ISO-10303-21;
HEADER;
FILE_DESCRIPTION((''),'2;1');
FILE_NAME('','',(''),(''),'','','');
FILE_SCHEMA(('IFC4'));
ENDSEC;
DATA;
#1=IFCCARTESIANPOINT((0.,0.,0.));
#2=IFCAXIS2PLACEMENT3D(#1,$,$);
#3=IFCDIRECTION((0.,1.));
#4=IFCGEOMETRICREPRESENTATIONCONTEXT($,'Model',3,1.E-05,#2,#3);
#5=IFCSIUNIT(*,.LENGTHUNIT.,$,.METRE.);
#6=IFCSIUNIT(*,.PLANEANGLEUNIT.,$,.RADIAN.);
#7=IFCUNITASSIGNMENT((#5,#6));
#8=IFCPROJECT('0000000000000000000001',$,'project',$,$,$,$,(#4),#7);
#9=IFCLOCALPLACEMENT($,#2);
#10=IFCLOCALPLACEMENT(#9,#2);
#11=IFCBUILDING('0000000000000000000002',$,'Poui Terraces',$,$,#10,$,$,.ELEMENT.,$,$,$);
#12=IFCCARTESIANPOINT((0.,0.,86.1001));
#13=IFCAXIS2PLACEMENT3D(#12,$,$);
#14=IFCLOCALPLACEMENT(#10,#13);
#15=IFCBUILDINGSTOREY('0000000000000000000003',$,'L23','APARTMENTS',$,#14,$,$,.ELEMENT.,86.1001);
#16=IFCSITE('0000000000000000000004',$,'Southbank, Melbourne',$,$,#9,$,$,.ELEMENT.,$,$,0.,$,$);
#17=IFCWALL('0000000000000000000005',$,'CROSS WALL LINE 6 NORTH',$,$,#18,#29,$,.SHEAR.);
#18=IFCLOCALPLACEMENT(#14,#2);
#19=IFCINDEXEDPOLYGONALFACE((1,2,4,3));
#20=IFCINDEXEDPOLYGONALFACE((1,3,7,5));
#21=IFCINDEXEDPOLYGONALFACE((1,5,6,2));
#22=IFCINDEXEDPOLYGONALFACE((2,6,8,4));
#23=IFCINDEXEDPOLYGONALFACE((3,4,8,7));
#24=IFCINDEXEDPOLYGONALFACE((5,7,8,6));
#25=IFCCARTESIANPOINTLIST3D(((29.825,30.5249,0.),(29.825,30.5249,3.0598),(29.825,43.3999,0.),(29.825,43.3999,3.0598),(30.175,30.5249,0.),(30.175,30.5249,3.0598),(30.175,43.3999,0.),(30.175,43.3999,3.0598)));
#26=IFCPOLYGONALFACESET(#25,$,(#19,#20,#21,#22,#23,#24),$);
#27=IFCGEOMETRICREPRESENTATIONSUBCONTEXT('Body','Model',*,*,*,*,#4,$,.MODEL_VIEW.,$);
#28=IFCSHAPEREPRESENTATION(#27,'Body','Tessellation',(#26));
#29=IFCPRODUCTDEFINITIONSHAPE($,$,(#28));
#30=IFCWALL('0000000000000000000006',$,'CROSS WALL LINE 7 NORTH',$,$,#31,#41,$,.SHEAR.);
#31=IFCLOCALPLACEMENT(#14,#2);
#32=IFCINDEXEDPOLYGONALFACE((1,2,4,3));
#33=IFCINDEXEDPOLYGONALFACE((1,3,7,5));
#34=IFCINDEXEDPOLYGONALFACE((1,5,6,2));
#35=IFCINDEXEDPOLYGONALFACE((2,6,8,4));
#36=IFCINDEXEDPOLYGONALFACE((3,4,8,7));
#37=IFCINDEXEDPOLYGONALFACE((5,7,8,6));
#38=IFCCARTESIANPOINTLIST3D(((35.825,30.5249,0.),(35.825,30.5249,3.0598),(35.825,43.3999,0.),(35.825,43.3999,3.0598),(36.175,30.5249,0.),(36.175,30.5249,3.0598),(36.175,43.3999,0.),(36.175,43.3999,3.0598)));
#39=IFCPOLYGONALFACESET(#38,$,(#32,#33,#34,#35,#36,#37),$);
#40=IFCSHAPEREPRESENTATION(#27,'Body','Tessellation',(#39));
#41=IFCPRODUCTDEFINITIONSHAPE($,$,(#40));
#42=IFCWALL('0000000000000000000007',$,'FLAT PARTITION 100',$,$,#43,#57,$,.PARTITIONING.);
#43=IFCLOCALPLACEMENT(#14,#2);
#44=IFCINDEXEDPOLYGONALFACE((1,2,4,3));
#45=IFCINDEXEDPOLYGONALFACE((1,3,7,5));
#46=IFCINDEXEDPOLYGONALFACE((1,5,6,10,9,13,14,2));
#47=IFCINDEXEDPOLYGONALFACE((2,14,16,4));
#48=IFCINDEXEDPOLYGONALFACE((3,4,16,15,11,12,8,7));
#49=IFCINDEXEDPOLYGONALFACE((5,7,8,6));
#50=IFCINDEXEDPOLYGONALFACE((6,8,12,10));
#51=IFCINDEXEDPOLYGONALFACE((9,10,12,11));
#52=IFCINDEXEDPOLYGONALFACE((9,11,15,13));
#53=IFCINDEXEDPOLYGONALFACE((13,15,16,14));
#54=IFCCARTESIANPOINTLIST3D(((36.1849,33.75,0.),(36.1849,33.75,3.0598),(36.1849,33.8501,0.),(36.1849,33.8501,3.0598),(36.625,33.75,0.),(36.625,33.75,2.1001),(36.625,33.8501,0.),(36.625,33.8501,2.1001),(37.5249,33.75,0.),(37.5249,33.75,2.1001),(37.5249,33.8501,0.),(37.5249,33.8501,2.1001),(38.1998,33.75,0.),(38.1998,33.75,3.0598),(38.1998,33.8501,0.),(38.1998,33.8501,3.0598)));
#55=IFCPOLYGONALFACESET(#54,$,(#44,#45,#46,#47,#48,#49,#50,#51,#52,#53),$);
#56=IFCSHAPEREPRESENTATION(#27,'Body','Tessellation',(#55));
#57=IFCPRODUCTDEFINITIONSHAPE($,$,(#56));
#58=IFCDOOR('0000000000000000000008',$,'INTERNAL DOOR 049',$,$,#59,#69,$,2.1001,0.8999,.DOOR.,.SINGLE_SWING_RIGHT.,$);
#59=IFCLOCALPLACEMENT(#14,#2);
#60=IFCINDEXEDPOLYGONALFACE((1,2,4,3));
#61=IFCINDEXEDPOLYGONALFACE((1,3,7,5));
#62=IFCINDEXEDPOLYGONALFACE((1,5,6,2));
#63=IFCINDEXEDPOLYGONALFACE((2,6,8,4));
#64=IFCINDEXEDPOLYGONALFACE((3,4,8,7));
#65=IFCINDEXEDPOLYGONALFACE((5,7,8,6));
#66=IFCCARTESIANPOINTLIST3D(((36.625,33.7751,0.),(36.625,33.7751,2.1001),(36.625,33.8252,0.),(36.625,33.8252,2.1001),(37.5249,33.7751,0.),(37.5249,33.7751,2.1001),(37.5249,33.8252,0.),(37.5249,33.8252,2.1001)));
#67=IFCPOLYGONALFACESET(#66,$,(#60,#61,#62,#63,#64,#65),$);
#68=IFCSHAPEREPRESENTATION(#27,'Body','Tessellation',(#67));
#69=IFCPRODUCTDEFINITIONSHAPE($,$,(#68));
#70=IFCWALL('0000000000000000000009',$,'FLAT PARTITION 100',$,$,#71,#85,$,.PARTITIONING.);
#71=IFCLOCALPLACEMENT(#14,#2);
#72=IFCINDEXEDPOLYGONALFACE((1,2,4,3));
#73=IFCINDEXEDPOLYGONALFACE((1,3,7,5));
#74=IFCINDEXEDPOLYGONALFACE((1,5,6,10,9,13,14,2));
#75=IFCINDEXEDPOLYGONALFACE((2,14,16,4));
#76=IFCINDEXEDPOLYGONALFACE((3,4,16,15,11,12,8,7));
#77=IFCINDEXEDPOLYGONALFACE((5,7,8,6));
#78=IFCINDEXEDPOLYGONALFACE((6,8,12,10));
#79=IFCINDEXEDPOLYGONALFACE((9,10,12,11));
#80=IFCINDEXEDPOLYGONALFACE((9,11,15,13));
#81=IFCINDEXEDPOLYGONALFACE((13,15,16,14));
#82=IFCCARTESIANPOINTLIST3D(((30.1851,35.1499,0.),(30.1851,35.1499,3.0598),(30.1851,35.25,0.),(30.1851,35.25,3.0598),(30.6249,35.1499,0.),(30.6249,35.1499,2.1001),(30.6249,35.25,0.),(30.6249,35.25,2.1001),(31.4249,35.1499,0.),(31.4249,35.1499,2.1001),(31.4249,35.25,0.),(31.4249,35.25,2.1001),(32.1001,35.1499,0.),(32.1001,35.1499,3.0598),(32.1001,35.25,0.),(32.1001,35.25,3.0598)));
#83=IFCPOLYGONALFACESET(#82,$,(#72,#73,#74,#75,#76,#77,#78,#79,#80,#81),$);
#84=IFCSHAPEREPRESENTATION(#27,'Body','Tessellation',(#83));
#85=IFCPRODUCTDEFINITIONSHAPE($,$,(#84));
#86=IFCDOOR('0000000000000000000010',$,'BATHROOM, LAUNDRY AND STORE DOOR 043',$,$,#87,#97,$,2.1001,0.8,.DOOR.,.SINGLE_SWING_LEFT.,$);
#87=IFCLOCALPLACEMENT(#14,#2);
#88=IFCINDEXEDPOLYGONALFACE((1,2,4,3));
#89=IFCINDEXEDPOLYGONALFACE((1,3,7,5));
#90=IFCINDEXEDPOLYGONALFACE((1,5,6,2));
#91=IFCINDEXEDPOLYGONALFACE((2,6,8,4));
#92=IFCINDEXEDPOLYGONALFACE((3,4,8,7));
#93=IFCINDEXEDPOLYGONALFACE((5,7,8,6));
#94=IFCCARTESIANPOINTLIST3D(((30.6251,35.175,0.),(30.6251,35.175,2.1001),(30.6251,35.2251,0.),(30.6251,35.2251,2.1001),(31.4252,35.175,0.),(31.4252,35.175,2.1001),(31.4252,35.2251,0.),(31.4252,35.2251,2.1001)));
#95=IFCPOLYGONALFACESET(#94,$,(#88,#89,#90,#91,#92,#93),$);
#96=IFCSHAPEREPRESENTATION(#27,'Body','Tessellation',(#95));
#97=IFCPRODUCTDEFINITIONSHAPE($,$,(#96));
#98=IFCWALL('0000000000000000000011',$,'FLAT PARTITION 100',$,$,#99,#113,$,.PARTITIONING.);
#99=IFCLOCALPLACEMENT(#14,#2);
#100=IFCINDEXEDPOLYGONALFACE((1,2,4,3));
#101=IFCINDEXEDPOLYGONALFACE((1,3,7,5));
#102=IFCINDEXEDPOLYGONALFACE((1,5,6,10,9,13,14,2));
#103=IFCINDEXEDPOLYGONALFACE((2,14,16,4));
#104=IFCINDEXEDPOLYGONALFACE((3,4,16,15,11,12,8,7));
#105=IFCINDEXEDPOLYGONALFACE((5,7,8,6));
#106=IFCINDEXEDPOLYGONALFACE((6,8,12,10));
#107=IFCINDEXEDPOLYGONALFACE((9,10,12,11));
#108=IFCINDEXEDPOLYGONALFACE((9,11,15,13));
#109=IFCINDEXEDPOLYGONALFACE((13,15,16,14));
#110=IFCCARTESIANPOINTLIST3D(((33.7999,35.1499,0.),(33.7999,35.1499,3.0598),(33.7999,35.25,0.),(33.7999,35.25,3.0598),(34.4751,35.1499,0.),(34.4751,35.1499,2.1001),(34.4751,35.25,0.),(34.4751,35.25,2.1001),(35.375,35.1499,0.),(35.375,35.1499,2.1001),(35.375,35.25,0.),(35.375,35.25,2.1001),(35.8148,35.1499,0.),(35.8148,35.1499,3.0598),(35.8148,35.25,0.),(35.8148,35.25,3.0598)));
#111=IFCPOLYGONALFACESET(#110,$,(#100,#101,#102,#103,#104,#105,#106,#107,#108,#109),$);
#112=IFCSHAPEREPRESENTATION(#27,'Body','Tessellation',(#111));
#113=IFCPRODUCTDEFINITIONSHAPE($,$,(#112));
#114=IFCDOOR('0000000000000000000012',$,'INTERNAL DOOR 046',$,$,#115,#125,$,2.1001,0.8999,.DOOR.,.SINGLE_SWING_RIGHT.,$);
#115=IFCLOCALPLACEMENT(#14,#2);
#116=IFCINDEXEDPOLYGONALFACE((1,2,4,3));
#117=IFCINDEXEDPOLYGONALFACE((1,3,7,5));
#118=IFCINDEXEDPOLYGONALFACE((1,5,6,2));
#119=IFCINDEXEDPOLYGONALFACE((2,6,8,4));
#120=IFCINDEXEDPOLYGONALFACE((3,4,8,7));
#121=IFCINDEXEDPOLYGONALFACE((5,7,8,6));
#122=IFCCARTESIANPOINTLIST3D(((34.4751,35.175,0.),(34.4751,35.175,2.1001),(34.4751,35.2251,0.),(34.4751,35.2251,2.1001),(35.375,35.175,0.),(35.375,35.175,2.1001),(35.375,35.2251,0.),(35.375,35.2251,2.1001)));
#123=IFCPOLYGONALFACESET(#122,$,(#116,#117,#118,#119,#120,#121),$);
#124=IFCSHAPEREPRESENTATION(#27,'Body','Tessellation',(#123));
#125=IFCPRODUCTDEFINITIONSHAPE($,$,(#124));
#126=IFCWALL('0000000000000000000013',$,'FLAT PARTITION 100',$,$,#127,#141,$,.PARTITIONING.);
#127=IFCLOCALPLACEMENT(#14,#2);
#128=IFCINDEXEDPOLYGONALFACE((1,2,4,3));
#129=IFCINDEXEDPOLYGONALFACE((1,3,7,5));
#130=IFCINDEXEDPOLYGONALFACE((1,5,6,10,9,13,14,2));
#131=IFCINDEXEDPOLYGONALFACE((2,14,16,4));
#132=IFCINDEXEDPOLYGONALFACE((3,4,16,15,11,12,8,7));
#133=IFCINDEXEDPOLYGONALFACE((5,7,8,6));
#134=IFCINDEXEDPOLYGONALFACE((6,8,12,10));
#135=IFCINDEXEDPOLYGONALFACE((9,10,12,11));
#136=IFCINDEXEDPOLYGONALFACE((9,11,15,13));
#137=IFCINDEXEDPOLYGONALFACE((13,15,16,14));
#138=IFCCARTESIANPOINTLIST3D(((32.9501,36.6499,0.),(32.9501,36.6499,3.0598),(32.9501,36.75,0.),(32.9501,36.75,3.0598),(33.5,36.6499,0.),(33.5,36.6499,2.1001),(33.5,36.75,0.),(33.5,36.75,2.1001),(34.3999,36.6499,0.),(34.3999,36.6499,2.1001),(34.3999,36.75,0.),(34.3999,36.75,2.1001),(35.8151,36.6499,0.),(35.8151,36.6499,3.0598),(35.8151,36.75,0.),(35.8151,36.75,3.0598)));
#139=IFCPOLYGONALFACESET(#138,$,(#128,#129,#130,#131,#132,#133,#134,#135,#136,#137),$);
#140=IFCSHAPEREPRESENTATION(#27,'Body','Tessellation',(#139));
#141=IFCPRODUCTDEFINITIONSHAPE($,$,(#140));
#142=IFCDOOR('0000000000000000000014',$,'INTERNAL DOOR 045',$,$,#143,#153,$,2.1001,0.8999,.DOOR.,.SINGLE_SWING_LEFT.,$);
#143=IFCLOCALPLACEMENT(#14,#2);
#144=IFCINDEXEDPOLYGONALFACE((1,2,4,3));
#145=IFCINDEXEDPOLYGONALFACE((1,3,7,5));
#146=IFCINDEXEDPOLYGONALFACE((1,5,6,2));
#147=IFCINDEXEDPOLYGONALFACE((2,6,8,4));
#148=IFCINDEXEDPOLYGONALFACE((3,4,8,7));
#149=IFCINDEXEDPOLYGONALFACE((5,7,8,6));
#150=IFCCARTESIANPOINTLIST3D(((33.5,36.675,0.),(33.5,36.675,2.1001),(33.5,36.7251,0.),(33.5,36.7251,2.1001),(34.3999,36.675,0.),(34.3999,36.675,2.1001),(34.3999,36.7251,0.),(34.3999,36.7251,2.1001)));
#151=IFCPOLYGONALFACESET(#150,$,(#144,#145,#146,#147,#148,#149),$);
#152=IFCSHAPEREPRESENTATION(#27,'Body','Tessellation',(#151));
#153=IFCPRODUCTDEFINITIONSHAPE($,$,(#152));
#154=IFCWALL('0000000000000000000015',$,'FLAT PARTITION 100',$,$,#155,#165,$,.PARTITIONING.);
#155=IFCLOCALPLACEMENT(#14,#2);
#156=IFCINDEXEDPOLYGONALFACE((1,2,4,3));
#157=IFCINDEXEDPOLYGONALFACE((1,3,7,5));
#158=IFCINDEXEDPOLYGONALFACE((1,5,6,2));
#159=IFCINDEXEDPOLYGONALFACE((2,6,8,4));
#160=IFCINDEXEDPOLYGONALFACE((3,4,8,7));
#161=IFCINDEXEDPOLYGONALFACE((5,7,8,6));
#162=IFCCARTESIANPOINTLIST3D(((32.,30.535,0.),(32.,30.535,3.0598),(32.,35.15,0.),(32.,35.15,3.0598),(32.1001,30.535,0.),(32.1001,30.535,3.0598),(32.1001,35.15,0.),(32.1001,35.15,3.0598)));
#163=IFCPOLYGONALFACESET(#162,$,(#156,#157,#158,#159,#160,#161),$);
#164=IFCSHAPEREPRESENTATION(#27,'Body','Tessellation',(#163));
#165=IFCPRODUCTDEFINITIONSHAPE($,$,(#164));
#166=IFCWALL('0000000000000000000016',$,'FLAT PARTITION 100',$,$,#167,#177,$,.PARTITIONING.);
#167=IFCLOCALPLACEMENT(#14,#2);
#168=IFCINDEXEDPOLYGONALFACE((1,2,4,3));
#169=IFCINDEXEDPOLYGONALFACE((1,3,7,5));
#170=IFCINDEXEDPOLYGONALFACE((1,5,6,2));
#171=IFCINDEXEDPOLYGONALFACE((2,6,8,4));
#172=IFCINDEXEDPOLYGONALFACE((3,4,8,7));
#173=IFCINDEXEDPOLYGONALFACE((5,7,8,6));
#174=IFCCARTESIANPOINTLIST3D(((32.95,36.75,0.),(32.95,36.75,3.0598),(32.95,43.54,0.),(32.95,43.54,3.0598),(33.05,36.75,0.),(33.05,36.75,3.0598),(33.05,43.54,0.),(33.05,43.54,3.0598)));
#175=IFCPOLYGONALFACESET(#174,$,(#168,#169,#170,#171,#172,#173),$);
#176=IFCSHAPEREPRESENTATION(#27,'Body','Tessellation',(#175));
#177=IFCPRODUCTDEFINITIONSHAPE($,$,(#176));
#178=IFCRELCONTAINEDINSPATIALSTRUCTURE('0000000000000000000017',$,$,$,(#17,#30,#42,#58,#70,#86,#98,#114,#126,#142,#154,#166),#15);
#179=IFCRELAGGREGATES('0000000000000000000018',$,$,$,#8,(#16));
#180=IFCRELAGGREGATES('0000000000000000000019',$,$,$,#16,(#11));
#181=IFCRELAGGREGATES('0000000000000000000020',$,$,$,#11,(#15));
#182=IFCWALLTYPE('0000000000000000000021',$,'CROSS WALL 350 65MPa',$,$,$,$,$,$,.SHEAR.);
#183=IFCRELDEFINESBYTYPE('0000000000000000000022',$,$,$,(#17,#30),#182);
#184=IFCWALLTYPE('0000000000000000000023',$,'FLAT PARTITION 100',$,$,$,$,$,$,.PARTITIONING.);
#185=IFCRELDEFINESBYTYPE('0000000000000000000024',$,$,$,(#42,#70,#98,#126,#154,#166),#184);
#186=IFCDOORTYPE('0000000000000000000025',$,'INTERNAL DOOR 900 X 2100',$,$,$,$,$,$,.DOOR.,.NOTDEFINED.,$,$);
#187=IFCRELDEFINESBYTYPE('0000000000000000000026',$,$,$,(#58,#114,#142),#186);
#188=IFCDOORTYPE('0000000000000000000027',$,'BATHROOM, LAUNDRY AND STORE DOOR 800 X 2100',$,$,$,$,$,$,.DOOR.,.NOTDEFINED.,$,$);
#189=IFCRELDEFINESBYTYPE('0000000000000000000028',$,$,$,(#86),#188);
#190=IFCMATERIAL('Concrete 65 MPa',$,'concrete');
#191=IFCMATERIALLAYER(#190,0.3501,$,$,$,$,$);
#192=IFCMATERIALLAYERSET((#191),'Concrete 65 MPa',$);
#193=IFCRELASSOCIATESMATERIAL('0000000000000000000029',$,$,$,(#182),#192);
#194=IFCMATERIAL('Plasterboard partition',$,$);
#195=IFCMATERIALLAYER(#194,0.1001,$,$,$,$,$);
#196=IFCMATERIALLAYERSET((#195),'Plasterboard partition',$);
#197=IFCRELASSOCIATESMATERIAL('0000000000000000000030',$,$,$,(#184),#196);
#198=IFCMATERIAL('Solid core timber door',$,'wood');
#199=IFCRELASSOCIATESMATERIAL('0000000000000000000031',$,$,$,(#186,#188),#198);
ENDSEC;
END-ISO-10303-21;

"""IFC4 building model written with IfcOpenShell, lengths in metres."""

from ifc_helpers import new_model, si_unit, direction, frame, frame_2d, origin, place, context, subcontext, project, spatial, rectangle, extrude, material, layer, layer_set, type_object, element, fill, save


model = new_model("IFC4")

# Units and contexts
model_context = context("Model", 3, precision=1e-05, world=origin(), true_north=direction((0.0, 1.0)))
body_context = subcontext(model_context, "Body", "Model", "MODEL_VIEW")
ifc_project = project(units=[si_unit("LENGTHUNIT", "METRE"), si_unit("PLANEANGLEUNIT", "RADIAN")], contexts=[model_context])

# Site, building, storey
site_placement = place(None, origin())
site = spatial("IfcSite", under=ifc_project, at=site_placement, Name="Southbank, Melbourne", CompositionType="ELEMENT", RefElevation=0.0)
building_placement = place(site_placement, origin())
building = spatial("IfcBuilding", under=site, at=building_placement, Name="Poui Terraces", CompositionType="ELEMENT")
storey_placement = place(building_placement, frame((0.0, 0.0, 86.1001)))
storey = spatial("IfcBuildingStorey", under=building, at=storey_placement, Name="L23", Description="APARTMENTS", CompositionType="ELEMENT", Elevation=86.1001)

# Walls
ifc_material_1 = material(Name="Concrete 65 MPa", Category="concrete")
ifc_layer_1 = layer(ifc_material_1, 0.3501)
ifc_layer_set_1 = layer_set([ifc_layer_1], Name="Concrete 65 MPa")
wall_type_1 = type_object("IfcWallType", Name="CROSS WALL 350 65MPa", PredefinedType="SHEAR", material=ifc_layer_set_1)
for number, where, z_axis, x_axis, name in (
    (1, (30.0, 30.5249, 0.0), (0.0, 0.0, 1.0), (0.0, 1.0, 0.0), "CROSS WALL LINE 6 NORTH"),
    (2, (36.0, 30.5249, 0.0), (0.0, 0.0, 1.0), (0.0, 1.0, 0.0), "CROSS WALL LINE 7 NORTH"),
):
    element("IfcWall", number, at=place(storey_placement, frame(where, z_axis=z_axis, x_axis=x_axis)), inside=storey, type_object=wall_type_1, Name=name, PredefinedType="SHEAR", context=body_context, shape_type="SweptSolid", body=[
        extrude(rectangle(XDim=12.875, YDim=0.3501, at=frame_2d((6.4375, 0.0))), origin(), (0.0, 0.0, 1.0), 3.0598),
    ])

# Walls, openings, doors
ifc_material_2 = material(Name="Plasterboard partition")
ifc_layer_2 = layer(ifc_material_2, 0.1001)
ifc_layer_set_2 = layer_set([ifc_layer_2], Name="Plasterboard partition")
wall_type_2 = type_object("IfcWallType", Name="FLAT PARTITION 100", PredefinedType="PARTITIONING", material=ifc_layer_set_2)
wall_1_placement = place(storey_placement, frame((36.1851, 33.8, 0.0), z_axis=(0.0, 0.0, 1.0), x_axis=(1.0, 0.0, 0.0)))
wall_1 = element("IfcWall", 3, at=wall_1_placement, inside=storey, type_object=wall_type_2, Name="FLAT PARTITION 100", PredefinedType="PARTITIONING", context=body_context, shape_type="SweptSolid", body=[
    extrude(rectangle(XDim=2.0149, YDim=0.1001, at=frame_2d((1.0073, 0.0))), origin(), (0.0, 0.0, 1.0), 3.0598),
])
opening_1_placement = place(wall_1_placement, frame((0.4399, 0.0, 0.0)))
opening_1 = element("IfcOpeningElement", 4, at=opening_1_placement, cuts=wall_1, PredefinedType="OPENING", context=body_context, shape_type="SweptSolid", body=[
    extrude(rectangle(XDim=0.8999, YDim=2.1001, at=frame_2d((0.45, 1.05))), frame((0.0, 0.0601, 0.0), z_axis=(0.0, -1.0, 0.0), x_axis=(1.0, 0.0, 0.0)), (0.0, 0.0, 1.0), 0.1201),
])
ifc_material_3 = material(Name="Solid core timber door", Category="wood")
door_type_1 = type_object("IfcDoorType", Name="INTERNAL DOOR 900 X 2100", OperationType="NOTDEFINED", PredefinedType="DOOR", material=ifc_material_3)
door_1_placement = place(opening_1_placement, frame((0.8999, 0.0, 0.0), z_axis=(0.0, 0.0, 1.0), x_axis=(-1.0, 0.0, 0.0)))
door_1 = element("IfcDoor", 5, at=door_1_placement, inside=storey, type_object=door_type_1, Name="INTERNAL DOOR 049", OperationType="SINGLE_SWING_RIGHT", OverallHeight=2.1001, OverallWidth=0.8999, PredefinedType="DOOR", context=body_context, shape_type="SweptSolid", body=[
    extrude(rectangle(XDim=0.8999, YDim=2.1001, at=frame_2d((0.45, 1.05))), frame((0.0, 0.0249, 0.0), z_axis=(0.0, -1.0, 0.0), x_axis=(1.0, 0.0, 0.0)), (0.0, 0.0, 1.0), 0.05),
])
fill(opening_1, door_1)
wall_2_placement = place(storey_placement, frame((30.1851, 35.2, 0.0), z_axis=(0.0, 0.0, 1.0), x_axis=(1.0, 0.0, 0.0)))
wall_2 = element("IfcWall", 6, at=wall_2_placement, inside=storey, type_object=wall_type_2, Name="FLAT PARTITION 100", PredefinedType="PARTITIONING", context=body_context, shape_type="SweptSolid", body=[
    extrude(rectangle(XDim=1.915, YDim=0.1001, at=frame_2d((0.9575, 0.0))), origin(), (0.0, 0.0, 1.0), 3.0598),
])
opening_2_placement = place(wall_2_placement, frame((0.4399, 0.0, 0.0)))
opening_2 = element("IfcOpeningElement", 7, at=opening_2_placement, cuts=wall_2, PredefinedType="OPENING", context=body_context, shape_type="SweptSolid", body=[
    extrude(rectangle(XDim=0.8, YDim=2.1001, at=frame_2d((0.3999, 1.05))), frame((0.0, 0.0601, 0.0), z_axis=(0.0, -1.0, 0.0), x_axis=(1.0, 0.0, 0.0)), (0.0, 0.0, 1.0), 0.1201),
])
door_type_2 = type_object("IfcDoorType", Name="BATHROOM, LAUNDRY AND STORE DOOR 800 X 2100", OperationType="NOTDEFINED", PredefinedType="DOOR", material=ifc_material_3)
door_2_placement = place(opening_2_placement, frame((0.8, 0.0, 0.0), z_axis=(0.0, 0.0, 1.0), x_axis=(-1.0, 0.0, 0.0)))
door_2 = element("IfcDoor", 8, at=door_2_placement, inside=storey, type_object=door_type_2, Name="BATHROOM, LAUNDRY AND STORE DOOR 043", OperationType="SINGLE_SWING_LEFT", OverallHeight=2.1001, OverallWidth=0.8, PredefinedType="DOOR", context=body_context, shape_type="SweptSolid", body=[
    extrude(rectangle(XDim=0.8, YDim=2.1001, at=frame_2d((0.3999, 1.05))), frame((0.0, 0.0249, 0.0), z_axis=(0.0, -1.0, 0.0), x_axis=(1.0, 0.0, 0.0)), (0.0, 0.0, 1.0), 0.05),
])
fill(opening_2, door_2)
wall_3_placement = place(storey_placement, frame((33.8, 35.2, 0.0), z_axis=(0.0, 0.0, 1.0), x_axis=(1.0, 0.0, 0.0)))
wall_3 = element("IfcWall", 9, at=wall_3_placement, inside=storey, type_object=wall_type_2, Name="FLAT PARTITION 100", PredefinedType="PARTITIONING", context=body_context, shape_type="SweptSolid", body=[
    extrude(rectangle(XDim=2.0149, YDim=0.1001, at=frame_2d((1.0073, 0.0))), origin(), (0.0, 0.0, 1.0), 3.0598),
])
opening_3_placement = place(wall_3_placement, frame((0.675, 0.0, 0.0)))
opening_3 = element("IfcOpeningElement", 10, at=opening_3_placement, cuts=wall_3, PredefinedType="OPENING", context=body_context, shape_type="SweptSolid", body=[
    extrude(rectangle(XDim=0.8999, YDim=2.1001, at=frame_2d((0.45, 1.05))), frame((0.0, 0.0601, 0.0), z_axis=(0.0, -1.0, 0.0), x_axis=(1.0, 0.0, 0.0)), (0.0, 0.0, 1.0), 0.1201),
])
door_3_placement = place(opening_3_placement, frame((0.8999, 0.0, 0.0), z_axis=(0.0, 0.0, 1.0), x_axis=(-1.0, 0.0, 0.0)))
door_3 = element("IfcDoor", 11, at=door_3_placement, inside=storey, type_object=door_type_1, Name="INTERNAL DOOR 046", OperationType="SINGLE_SWING_RIGHT", OverallHeight=2.1001, OverallWidth=0.8999, PredefinedType="DOOR", context=body_context, shape_type="SweptSolid", body=[
    extrude(rectangle(XDim=0.8999, YDim=2.1001, at=frame_2d((0.45, 1.05))), frame((0.0, 0.0249, 0.0), z_axis=(0.0, -1.0, 0.0), x_axis=(1.0, 0.0, 0.0)), (0.0, 0.0, 1.0), 0.05),
])
fill(opening_3, door_3)
wall_4_placement = place(storey_placement, frame((32.95, 36.7, 0.0), z_axis=(0.0, 0.0, 1.0), x_axis=(1.0, 0.0, 0.0)))
wall_4 = element("IfcWall", 12, at=wall_4_placement, inside=storey, type_object=wall_type_2, Name="FLAT PARTITION 100", PredefinedType="PARTITIONING", context=body_context, shape_type="SweptSolid", body=[
    extrude(rectangle(XDim=2.865, YDim=0.1001, at=frame_2d((1.4326, 0.0))), origin(), (0.0, 0.0, 1.0), 3.0598),
])
opening_4_placement = place(wall_4_placement, frame((0.55, 0.0, 0.0)))
opening_4 = element("IfcOpeningElement", 13, at=opening_4_placement, cuts=wall_4, PredefinedType="OPENING", context=body_context, shape_type="SweptSolid", body=[
    extrude(rectangle(XDim=0.8999, YDim=2.1001, at=frame_2d((0.45, 1.05))), frame((0.0, 0.0601, 0.0), z_axis=(0.0, -1.0, 0.0), x_axis=(1.0, 0.0, 0.0)), (0.0, 0.0, 1.0), 0.1201),
])
door_4_placement = place(opening_4_placement, frame((0.8999, 0.0, 0.0), z_axis=(0.0, 0.0, 1.0), x_axis=(-1.0, 0.0, 0.0)))
door_4 = element("IfcDoor", 14, at=door_4_placement, inside=storey, type_object=door_type_1, Name="INTERNAL DOOR 045", OperationType="SINGLE_SWING_LEFT", OverallHeight=2.1001, OverallWidth=0.8999, PredefinedType="DOOR", context=body_context, shape_type="SweptSolid", body=[
    extrude(rectangle(XDim=0.8999, YDim=2.1001, at=frame_2d((0.45, 1.05))), frame((0.0, 0.0249, 0.0), z_axis=(0.0, -1.0, 0.0), x_axis=(1.0, 0.0, 0.0)), (0.0, 0.0, 1.0), 0.05),
])
fill(opening_4, door_4)

# Walls
wall_5_placement = place(storey_placement, frame((32.05, 30.5349, 0.0), z_axis=(0.0, 0.0, 1.0), x_axis=(0.0, 1.0, 0.0)))
element("IfcWall", 15, at=wall_5_placement, inside=storey, type_object=wall_type_2, Name="FLAT PARTITION 100", PredefinedType="PARTITIONING", context=body_context, shape_type="SweptSolid", body=[
    extrude(rectangle(XDim=4.615, YDim=0.1001, at=frame_2d((2.3076, 0.0))), origin(), (0.0, 0.0, 1.0), 3.0598),
])
wall_6_placement = place(storey_placement, frame((33.0, 36.75, 0.0), z_axis=(0.0, 0.0, 1.0), x_axis=(0.0, 1.0, 0.0)))
element("IfcWall", 16, at=wall_6_placement, inside=storey, type_object=wall_type_2, Name="FLAT PARTITION 100", PredefinedType="PARTITIONING", context=body_context, shape_type="SweptSolid", body=[
    extrude(rectangle(XDim=6.79, YDim=0.1001, at=frame_2d((3.395, 0.0))), origin(), (0.0, 0.0, 1.0), 3.0598),
])

save(model, "model.ifc")
